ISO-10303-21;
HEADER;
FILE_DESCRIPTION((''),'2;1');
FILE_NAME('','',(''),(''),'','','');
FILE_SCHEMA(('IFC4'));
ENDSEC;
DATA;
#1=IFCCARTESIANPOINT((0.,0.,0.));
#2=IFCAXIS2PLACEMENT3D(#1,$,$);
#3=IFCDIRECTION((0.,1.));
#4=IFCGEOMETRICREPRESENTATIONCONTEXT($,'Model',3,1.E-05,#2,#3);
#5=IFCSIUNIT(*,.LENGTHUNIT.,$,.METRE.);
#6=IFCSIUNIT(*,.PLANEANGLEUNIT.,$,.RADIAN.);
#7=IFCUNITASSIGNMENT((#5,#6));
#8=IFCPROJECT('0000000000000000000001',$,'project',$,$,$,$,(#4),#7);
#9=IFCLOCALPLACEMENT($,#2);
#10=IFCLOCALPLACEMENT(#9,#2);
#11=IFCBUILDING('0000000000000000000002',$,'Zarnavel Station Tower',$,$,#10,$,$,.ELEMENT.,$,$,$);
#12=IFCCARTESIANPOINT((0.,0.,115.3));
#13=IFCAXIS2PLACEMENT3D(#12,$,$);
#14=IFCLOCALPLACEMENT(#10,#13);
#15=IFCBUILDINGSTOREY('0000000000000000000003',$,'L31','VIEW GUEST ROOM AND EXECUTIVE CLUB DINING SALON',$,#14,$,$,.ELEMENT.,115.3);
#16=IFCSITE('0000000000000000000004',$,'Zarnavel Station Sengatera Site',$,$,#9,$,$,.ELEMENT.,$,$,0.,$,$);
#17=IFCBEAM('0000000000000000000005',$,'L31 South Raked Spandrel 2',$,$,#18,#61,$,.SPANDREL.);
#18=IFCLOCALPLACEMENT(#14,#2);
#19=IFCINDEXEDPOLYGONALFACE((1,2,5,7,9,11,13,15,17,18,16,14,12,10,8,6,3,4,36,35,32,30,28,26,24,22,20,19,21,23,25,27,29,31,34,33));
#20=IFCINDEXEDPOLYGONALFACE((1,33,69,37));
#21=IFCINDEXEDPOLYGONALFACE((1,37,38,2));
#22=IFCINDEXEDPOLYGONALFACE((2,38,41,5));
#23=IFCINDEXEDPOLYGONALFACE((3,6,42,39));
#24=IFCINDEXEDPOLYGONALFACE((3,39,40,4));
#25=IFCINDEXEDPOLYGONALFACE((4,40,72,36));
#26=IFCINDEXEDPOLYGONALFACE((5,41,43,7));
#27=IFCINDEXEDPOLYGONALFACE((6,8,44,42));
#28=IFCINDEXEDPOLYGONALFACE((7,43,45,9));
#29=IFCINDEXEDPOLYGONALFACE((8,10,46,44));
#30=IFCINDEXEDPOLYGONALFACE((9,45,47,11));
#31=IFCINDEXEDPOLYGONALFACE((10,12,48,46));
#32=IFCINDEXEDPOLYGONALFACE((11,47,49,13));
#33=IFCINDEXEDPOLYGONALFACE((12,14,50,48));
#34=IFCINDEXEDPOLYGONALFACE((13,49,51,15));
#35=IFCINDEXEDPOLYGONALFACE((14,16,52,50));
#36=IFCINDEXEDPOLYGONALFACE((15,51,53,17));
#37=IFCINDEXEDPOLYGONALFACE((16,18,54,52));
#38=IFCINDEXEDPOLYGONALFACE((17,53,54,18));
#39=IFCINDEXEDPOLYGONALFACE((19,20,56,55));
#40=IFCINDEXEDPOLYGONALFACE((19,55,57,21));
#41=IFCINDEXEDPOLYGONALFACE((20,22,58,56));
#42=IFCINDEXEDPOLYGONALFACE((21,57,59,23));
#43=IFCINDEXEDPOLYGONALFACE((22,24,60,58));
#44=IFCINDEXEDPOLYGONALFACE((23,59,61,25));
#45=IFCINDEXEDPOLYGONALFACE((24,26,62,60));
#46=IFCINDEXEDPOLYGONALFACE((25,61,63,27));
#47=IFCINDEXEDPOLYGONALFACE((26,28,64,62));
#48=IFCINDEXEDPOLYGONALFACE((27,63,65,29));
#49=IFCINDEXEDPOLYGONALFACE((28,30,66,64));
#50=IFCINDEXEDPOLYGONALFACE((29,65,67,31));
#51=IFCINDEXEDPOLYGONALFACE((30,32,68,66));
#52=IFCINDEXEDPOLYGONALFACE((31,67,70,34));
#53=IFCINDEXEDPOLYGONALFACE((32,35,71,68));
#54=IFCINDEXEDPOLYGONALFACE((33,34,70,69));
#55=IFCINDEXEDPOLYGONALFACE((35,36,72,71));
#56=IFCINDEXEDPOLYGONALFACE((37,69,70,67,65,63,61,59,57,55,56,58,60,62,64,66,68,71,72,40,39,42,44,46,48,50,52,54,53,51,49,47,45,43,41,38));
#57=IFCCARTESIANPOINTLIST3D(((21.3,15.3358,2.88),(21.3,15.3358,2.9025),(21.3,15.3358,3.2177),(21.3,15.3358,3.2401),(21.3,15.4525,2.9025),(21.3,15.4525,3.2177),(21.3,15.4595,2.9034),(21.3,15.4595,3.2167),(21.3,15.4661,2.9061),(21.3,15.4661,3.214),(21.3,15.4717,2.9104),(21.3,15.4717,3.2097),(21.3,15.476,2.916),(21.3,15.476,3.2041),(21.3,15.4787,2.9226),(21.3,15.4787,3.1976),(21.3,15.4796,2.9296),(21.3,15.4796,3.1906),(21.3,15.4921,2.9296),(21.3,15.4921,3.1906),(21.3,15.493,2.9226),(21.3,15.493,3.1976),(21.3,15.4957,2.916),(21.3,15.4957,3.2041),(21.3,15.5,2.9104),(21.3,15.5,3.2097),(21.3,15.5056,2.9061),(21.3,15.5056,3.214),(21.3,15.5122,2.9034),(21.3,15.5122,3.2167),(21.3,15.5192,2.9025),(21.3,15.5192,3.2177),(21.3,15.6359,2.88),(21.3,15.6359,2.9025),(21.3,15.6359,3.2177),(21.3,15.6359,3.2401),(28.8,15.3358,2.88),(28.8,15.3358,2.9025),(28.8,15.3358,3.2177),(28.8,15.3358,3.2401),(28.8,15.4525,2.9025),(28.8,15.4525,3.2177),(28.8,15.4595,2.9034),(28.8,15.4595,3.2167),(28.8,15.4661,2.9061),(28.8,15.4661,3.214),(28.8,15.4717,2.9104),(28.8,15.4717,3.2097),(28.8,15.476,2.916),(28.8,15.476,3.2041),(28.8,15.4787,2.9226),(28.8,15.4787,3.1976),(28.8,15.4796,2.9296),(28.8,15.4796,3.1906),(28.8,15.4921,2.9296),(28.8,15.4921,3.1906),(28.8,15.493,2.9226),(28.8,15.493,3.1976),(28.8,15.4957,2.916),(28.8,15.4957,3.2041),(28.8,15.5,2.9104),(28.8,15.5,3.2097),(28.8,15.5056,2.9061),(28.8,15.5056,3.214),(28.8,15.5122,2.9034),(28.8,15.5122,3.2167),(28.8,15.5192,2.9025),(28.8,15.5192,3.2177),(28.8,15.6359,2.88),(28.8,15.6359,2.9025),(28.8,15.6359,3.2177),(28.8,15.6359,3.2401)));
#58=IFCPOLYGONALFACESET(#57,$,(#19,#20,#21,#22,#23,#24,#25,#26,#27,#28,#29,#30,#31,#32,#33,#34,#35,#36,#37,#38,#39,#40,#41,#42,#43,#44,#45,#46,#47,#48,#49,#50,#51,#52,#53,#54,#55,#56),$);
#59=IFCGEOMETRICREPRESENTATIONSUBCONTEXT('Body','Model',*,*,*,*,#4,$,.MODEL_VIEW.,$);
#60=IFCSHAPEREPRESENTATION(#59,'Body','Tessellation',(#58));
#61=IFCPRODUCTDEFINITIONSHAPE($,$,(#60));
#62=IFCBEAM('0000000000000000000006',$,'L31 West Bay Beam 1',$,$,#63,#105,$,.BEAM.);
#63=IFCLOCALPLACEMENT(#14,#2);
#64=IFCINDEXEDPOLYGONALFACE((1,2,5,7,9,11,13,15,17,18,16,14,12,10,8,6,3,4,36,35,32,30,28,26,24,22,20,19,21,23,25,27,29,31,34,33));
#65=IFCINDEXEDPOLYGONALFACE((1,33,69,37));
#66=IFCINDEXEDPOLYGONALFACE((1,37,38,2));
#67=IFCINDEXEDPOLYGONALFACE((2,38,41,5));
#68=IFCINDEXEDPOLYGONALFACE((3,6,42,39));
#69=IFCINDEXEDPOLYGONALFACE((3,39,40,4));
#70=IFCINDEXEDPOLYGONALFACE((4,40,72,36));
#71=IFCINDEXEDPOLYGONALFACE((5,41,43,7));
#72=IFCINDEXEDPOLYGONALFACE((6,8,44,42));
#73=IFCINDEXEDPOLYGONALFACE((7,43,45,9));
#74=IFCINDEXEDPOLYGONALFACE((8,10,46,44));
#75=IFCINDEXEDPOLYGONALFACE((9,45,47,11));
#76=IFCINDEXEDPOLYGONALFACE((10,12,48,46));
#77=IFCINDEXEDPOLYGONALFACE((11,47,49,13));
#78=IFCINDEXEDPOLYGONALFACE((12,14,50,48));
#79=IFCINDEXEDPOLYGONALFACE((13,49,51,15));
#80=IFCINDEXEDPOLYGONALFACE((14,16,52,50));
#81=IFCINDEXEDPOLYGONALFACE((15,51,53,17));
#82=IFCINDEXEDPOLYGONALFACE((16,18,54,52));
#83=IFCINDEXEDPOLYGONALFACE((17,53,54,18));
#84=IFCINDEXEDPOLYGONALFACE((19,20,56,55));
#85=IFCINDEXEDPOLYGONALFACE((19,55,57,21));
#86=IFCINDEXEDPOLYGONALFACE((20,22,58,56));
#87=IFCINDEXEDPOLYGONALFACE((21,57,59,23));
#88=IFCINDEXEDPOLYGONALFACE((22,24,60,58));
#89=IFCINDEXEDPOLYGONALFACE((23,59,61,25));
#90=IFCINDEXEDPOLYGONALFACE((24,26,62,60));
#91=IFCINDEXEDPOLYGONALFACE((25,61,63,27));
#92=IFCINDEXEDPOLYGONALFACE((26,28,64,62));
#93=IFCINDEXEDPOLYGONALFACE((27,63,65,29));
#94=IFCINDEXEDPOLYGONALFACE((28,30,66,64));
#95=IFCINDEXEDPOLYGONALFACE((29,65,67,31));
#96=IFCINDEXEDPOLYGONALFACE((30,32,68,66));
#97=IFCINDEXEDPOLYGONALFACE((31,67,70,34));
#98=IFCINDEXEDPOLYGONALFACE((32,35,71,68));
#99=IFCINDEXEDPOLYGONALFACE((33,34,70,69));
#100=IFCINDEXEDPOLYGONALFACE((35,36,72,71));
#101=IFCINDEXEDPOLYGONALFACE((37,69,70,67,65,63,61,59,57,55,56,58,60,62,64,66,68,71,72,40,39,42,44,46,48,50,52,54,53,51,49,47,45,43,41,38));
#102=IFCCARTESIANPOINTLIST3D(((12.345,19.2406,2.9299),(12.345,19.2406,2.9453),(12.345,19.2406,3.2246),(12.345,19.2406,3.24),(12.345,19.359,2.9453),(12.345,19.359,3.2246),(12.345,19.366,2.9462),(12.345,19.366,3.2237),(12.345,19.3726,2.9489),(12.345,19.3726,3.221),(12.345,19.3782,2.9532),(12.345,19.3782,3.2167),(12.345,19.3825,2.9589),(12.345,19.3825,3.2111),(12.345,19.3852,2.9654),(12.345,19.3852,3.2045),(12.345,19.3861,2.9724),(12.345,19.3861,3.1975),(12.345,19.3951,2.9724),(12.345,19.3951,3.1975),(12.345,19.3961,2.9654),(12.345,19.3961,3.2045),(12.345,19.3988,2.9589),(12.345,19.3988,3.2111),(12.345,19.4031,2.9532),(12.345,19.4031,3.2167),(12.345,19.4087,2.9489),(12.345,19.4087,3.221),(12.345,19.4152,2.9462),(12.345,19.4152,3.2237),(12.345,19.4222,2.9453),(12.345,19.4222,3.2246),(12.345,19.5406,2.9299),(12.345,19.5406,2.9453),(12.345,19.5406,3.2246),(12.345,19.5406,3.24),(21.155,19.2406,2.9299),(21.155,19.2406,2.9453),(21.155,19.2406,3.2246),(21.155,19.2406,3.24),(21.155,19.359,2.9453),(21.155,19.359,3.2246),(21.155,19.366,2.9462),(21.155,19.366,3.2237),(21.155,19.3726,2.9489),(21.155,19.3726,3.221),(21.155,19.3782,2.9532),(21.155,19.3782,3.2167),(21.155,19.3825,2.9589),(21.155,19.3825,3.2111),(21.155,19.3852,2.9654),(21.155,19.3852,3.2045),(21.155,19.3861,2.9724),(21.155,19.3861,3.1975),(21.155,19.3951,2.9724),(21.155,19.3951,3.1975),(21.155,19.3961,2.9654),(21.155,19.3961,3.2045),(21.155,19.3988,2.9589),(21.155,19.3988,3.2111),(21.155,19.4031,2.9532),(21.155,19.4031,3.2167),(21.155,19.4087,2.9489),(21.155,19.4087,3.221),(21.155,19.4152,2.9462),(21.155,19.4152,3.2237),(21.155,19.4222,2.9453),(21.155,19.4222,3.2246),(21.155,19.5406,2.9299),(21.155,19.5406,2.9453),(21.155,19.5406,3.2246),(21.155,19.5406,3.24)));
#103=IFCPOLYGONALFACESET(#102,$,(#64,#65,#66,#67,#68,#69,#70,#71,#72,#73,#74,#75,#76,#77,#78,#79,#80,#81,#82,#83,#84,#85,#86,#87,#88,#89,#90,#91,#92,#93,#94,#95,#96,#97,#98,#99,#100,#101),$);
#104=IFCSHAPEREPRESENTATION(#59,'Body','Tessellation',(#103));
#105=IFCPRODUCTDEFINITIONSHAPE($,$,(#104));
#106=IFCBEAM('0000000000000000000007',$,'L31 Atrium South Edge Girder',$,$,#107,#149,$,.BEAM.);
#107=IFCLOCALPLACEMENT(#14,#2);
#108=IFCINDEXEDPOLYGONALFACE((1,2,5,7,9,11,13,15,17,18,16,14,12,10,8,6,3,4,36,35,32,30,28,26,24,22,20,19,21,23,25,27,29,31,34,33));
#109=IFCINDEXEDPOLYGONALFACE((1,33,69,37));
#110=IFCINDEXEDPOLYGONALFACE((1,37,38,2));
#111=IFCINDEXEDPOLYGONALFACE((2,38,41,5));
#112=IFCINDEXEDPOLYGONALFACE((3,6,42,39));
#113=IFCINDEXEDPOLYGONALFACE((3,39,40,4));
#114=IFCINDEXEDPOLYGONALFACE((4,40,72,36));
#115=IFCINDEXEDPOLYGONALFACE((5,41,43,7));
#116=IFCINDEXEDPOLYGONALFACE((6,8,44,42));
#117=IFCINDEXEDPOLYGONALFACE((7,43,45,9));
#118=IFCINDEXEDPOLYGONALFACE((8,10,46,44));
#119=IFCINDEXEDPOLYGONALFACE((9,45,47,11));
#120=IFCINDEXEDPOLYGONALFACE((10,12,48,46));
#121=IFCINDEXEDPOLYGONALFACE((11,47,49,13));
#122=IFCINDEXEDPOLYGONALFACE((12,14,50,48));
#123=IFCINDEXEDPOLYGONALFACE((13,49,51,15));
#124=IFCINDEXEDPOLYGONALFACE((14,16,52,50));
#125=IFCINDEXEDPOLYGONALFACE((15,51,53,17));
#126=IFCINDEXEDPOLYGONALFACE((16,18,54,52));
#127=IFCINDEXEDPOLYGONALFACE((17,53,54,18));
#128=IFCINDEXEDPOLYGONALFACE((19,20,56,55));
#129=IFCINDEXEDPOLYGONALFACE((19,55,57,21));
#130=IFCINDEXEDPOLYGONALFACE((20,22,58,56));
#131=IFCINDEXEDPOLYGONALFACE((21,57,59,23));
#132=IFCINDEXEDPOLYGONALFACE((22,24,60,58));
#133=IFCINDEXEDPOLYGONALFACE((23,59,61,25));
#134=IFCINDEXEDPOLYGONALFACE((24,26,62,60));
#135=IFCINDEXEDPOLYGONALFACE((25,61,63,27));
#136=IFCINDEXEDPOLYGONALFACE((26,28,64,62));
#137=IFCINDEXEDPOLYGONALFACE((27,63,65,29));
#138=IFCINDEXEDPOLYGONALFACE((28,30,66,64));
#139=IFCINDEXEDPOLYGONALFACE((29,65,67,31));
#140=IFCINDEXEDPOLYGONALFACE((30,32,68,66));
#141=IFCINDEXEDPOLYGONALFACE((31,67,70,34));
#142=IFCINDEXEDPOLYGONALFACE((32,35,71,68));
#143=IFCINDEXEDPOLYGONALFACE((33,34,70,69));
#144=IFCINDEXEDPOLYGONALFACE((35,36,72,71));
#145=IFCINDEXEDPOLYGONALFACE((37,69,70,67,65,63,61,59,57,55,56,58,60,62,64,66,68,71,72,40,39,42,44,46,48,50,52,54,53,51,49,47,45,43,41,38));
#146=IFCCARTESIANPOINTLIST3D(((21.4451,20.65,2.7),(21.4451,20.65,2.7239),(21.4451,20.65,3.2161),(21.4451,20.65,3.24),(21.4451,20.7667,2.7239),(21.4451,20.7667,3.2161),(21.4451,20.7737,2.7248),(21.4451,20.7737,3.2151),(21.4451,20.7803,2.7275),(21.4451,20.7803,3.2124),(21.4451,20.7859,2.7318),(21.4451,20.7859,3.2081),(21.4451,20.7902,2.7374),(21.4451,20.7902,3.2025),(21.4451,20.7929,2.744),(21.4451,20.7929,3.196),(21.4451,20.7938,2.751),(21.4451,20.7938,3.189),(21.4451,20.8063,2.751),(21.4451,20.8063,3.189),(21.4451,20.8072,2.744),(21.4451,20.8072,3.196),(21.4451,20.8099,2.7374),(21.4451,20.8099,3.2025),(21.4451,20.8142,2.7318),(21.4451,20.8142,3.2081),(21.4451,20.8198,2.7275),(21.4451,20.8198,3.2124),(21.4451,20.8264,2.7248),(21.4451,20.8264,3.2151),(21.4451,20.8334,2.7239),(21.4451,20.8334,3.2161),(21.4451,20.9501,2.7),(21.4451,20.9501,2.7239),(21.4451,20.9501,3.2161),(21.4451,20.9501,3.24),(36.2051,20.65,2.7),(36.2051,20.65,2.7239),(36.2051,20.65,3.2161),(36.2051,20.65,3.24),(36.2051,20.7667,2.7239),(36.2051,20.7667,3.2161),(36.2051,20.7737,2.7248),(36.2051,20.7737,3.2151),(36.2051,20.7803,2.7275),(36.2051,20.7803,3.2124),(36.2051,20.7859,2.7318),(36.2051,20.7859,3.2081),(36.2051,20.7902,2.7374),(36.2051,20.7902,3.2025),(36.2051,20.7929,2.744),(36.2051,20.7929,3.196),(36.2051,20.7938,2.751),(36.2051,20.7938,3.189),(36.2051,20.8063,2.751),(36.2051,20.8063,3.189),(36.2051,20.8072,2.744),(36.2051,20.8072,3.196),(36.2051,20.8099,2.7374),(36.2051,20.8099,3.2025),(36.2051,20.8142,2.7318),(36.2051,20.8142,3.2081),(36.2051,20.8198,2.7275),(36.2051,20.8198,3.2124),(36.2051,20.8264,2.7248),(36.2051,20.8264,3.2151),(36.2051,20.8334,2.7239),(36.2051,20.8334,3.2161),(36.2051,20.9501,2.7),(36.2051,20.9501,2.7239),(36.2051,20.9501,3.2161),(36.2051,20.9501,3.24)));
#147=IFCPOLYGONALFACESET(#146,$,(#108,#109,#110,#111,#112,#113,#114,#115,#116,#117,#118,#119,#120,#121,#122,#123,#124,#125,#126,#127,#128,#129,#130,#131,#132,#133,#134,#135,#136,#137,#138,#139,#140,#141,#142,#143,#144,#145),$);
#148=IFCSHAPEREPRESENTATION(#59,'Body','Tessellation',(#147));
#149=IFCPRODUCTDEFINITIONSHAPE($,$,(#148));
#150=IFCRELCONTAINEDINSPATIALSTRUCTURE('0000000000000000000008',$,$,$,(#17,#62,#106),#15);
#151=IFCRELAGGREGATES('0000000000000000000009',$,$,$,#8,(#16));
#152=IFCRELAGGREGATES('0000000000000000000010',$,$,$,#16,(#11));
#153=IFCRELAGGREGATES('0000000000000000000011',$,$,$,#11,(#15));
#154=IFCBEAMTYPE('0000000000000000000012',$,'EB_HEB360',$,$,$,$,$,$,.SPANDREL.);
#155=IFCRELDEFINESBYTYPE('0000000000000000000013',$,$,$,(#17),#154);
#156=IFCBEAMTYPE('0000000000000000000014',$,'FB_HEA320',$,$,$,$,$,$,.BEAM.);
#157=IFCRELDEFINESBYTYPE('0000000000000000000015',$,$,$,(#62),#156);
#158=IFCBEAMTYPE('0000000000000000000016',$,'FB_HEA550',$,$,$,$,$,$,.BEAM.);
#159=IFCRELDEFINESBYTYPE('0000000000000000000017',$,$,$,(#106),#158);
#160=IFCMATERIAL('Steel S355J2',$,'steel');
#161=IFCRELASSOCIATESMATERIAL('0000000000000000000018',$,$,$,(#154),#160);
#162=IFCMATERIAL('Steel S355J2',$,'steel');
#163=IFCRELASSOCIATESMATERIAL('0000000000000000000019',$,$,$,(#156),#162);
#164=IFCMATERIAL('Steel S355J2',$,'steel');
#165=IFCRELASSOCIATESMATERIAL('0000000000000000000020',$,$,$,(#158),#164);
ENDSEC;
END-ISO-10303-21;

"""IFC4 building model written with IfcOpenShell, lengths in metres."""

from ifc_helpers import new_model, si_unit, direction, frame, origin, origin_2d, place, context, subcontext, project, spatial, i_section, extrude, material, material_profile, profile_set, type_object, element, save


model = new_model("IFC4")

# Units and contexts
model_context = context("Model", 3, precision=1e-05, world=origin(), true_north=direction((0.0, 1.0)))
body_context = subcontext(model_context, "Body", "Model", "MODEL_VIEW")
ifc_project = project(units=[si_unit("LENGTHUNIT", "METRE"), si_unit("PLANEANGLEUNIT", "RADIAN")], contexts=[model_context])

# Site, building, storey
site_placement = place(None, origin())
site = spatial("IfcSite", under=ifc_project, at=site_placement, Name="Zarnavel Station Sengatera Site", CompositionType="ELEMENT", RefElevation=0.0)
building_placement = place(site_placement, origin())
building = spatial("IfcBuilding", under=site, at=building_placement, Name="Zarnavel Station Tower", CompositionType="ELEMENT")
storey_placement = place(building_placement, frame((0.0, 0.0, 115.3)))
storey = spatial("IfcBuildingStorey", under=building, at=storey_placement, Name="L31", Description="VIEW GUEST ROOM AND EXECUTIVE CLUB DINING SALON", CompositionType="ELEMENT", Elevation=115.3)

# Beams
ifc_material_1 = material(Name="Steel S355J2", Category="steel")
ifc_material_profile_1 = material_profile(ifc_material_1, i_section(OverallWidth=0.3, OverallDepth=0.3601, WebThickness=0.0125, FlangeThickness=0.0225, FilletRadius=0.0271, at=origin_2d()), Name="HEB360")
ifc_profile_set_1 = profile_set([ifc_material_profile_1], Name="Steel S355J2")
beam_type_1 = type_object("IfcBeamType", Name="EB_HEB360", PredefinedType="SPANDREL", material=ifc_profile_set_1)
beam_1_placement = place(storey_placement, frame((21.3, 15.4858, 3.0601), z_axis=(1.0, 0.0, 0.0), x_axis=(0.0, 1.0, 0.0)))
element("IfcBeam", 1, at=beam_1_placement, inside=storey, type_object=beam_type_1, Name="L31 South Raked Spandrel 2", PredefinedType="SPANDREL", context=body_context, shape_type="SweptSolid", body=[
    extrude(i_section(OverallWidth=0.3, OverallDepth=0.3601, WebThickness=0.0125, FlangeThickness=0.0225, FilletRadius=0.0271, at=origin_2d()), origin(), (0.0, 0.0, 1.0), 7.5),
])
ifc_material_2 = material(Name="Steel S355J2", Category="steel")
ifc_material_profile_2 = material_profile(ifc_material_2, i_section(OverallWidth=0.3, OverallDepth=0.3101, WebThickness=0.009, FlangeThickness=0.0154, FilletRadius=0.0271, at=origin_2d()), Name="HEA320")
ifc_profile_set_2 = profile_set([ifc_material_profile_2], Name="Steel S355J2")
beam_type_2 = type_object("IfcBeamType", Name="FB_HEA320", PredefinedType="BEAM", material=ifc_profile_set_2)
beam_2_placement = place(storey_placement, frame((12.345, 19.3906, 3.085), z_axis=(1.0, 0.0, 0.0), x_axis=(0.0, 1.0, 0.0)))
element("IfcBeam", 2, at=beam_2_placement, inside=storey, type_object=beam_type_2, Name="L31 West Bay Beam 1", PredefinedType="BEAM", context=body_context, shape_type="SweptSolid", body=[
    extrude(i_section(OverallWidth=0.3, OverallDepth=0.3101, WebThickness=0.009, FlangeThickness=0.0154, FilletRadius=0.0271, at=origin_2d()), origin(), (0.0, 0.0, 1.0), 8.8101),
])
ifc_material_3 = material(Name="Steel S355J2", Category="steel")
ifc_material_profile_3 = material_profile(ifc_material_3, i_section(OverallWidth=0.3, OverallDepth=0.54, WebThickness=0.0125, FlangeThickness=0.0239, FilletRadius=0.0271, at=origin_2d()), Name="HEA550")
ifc_profile_set_3 = profile_set([ifc_material_profile_3], Name="Steel S355J2")
beam_type_3 = type_object("IfcBeamType", Name="FB_HEA550", PredefinedType="BEAM", material=ifc_profile_set_3)
beam_3_placement = place(storey_placement, frame((21.4451, 20.8, 2.97), z_axis=(1.0, 0.0, 0.0), x_axis=(0.0, 1.0, 0.0)))
element("IfcBeam", 3, at=beam_3_placement, inside=storey, type_object=beam_type_3, Name="L31 Atrium South Edge Girder", PredefinedType="BEAM", context=body_context, shape_type="SweptSolid", body=[
    extrude(i_section(OverallWidth=0.3, OverallDepth=0.54, WebThickness=0.0125, FlangeThickness=0.0239, FilletRadius=0.0271, at=origin_2d()), origin(), (0.0, 0.0, 1.0), 14.76),
])

save(model, "model.ifc")
